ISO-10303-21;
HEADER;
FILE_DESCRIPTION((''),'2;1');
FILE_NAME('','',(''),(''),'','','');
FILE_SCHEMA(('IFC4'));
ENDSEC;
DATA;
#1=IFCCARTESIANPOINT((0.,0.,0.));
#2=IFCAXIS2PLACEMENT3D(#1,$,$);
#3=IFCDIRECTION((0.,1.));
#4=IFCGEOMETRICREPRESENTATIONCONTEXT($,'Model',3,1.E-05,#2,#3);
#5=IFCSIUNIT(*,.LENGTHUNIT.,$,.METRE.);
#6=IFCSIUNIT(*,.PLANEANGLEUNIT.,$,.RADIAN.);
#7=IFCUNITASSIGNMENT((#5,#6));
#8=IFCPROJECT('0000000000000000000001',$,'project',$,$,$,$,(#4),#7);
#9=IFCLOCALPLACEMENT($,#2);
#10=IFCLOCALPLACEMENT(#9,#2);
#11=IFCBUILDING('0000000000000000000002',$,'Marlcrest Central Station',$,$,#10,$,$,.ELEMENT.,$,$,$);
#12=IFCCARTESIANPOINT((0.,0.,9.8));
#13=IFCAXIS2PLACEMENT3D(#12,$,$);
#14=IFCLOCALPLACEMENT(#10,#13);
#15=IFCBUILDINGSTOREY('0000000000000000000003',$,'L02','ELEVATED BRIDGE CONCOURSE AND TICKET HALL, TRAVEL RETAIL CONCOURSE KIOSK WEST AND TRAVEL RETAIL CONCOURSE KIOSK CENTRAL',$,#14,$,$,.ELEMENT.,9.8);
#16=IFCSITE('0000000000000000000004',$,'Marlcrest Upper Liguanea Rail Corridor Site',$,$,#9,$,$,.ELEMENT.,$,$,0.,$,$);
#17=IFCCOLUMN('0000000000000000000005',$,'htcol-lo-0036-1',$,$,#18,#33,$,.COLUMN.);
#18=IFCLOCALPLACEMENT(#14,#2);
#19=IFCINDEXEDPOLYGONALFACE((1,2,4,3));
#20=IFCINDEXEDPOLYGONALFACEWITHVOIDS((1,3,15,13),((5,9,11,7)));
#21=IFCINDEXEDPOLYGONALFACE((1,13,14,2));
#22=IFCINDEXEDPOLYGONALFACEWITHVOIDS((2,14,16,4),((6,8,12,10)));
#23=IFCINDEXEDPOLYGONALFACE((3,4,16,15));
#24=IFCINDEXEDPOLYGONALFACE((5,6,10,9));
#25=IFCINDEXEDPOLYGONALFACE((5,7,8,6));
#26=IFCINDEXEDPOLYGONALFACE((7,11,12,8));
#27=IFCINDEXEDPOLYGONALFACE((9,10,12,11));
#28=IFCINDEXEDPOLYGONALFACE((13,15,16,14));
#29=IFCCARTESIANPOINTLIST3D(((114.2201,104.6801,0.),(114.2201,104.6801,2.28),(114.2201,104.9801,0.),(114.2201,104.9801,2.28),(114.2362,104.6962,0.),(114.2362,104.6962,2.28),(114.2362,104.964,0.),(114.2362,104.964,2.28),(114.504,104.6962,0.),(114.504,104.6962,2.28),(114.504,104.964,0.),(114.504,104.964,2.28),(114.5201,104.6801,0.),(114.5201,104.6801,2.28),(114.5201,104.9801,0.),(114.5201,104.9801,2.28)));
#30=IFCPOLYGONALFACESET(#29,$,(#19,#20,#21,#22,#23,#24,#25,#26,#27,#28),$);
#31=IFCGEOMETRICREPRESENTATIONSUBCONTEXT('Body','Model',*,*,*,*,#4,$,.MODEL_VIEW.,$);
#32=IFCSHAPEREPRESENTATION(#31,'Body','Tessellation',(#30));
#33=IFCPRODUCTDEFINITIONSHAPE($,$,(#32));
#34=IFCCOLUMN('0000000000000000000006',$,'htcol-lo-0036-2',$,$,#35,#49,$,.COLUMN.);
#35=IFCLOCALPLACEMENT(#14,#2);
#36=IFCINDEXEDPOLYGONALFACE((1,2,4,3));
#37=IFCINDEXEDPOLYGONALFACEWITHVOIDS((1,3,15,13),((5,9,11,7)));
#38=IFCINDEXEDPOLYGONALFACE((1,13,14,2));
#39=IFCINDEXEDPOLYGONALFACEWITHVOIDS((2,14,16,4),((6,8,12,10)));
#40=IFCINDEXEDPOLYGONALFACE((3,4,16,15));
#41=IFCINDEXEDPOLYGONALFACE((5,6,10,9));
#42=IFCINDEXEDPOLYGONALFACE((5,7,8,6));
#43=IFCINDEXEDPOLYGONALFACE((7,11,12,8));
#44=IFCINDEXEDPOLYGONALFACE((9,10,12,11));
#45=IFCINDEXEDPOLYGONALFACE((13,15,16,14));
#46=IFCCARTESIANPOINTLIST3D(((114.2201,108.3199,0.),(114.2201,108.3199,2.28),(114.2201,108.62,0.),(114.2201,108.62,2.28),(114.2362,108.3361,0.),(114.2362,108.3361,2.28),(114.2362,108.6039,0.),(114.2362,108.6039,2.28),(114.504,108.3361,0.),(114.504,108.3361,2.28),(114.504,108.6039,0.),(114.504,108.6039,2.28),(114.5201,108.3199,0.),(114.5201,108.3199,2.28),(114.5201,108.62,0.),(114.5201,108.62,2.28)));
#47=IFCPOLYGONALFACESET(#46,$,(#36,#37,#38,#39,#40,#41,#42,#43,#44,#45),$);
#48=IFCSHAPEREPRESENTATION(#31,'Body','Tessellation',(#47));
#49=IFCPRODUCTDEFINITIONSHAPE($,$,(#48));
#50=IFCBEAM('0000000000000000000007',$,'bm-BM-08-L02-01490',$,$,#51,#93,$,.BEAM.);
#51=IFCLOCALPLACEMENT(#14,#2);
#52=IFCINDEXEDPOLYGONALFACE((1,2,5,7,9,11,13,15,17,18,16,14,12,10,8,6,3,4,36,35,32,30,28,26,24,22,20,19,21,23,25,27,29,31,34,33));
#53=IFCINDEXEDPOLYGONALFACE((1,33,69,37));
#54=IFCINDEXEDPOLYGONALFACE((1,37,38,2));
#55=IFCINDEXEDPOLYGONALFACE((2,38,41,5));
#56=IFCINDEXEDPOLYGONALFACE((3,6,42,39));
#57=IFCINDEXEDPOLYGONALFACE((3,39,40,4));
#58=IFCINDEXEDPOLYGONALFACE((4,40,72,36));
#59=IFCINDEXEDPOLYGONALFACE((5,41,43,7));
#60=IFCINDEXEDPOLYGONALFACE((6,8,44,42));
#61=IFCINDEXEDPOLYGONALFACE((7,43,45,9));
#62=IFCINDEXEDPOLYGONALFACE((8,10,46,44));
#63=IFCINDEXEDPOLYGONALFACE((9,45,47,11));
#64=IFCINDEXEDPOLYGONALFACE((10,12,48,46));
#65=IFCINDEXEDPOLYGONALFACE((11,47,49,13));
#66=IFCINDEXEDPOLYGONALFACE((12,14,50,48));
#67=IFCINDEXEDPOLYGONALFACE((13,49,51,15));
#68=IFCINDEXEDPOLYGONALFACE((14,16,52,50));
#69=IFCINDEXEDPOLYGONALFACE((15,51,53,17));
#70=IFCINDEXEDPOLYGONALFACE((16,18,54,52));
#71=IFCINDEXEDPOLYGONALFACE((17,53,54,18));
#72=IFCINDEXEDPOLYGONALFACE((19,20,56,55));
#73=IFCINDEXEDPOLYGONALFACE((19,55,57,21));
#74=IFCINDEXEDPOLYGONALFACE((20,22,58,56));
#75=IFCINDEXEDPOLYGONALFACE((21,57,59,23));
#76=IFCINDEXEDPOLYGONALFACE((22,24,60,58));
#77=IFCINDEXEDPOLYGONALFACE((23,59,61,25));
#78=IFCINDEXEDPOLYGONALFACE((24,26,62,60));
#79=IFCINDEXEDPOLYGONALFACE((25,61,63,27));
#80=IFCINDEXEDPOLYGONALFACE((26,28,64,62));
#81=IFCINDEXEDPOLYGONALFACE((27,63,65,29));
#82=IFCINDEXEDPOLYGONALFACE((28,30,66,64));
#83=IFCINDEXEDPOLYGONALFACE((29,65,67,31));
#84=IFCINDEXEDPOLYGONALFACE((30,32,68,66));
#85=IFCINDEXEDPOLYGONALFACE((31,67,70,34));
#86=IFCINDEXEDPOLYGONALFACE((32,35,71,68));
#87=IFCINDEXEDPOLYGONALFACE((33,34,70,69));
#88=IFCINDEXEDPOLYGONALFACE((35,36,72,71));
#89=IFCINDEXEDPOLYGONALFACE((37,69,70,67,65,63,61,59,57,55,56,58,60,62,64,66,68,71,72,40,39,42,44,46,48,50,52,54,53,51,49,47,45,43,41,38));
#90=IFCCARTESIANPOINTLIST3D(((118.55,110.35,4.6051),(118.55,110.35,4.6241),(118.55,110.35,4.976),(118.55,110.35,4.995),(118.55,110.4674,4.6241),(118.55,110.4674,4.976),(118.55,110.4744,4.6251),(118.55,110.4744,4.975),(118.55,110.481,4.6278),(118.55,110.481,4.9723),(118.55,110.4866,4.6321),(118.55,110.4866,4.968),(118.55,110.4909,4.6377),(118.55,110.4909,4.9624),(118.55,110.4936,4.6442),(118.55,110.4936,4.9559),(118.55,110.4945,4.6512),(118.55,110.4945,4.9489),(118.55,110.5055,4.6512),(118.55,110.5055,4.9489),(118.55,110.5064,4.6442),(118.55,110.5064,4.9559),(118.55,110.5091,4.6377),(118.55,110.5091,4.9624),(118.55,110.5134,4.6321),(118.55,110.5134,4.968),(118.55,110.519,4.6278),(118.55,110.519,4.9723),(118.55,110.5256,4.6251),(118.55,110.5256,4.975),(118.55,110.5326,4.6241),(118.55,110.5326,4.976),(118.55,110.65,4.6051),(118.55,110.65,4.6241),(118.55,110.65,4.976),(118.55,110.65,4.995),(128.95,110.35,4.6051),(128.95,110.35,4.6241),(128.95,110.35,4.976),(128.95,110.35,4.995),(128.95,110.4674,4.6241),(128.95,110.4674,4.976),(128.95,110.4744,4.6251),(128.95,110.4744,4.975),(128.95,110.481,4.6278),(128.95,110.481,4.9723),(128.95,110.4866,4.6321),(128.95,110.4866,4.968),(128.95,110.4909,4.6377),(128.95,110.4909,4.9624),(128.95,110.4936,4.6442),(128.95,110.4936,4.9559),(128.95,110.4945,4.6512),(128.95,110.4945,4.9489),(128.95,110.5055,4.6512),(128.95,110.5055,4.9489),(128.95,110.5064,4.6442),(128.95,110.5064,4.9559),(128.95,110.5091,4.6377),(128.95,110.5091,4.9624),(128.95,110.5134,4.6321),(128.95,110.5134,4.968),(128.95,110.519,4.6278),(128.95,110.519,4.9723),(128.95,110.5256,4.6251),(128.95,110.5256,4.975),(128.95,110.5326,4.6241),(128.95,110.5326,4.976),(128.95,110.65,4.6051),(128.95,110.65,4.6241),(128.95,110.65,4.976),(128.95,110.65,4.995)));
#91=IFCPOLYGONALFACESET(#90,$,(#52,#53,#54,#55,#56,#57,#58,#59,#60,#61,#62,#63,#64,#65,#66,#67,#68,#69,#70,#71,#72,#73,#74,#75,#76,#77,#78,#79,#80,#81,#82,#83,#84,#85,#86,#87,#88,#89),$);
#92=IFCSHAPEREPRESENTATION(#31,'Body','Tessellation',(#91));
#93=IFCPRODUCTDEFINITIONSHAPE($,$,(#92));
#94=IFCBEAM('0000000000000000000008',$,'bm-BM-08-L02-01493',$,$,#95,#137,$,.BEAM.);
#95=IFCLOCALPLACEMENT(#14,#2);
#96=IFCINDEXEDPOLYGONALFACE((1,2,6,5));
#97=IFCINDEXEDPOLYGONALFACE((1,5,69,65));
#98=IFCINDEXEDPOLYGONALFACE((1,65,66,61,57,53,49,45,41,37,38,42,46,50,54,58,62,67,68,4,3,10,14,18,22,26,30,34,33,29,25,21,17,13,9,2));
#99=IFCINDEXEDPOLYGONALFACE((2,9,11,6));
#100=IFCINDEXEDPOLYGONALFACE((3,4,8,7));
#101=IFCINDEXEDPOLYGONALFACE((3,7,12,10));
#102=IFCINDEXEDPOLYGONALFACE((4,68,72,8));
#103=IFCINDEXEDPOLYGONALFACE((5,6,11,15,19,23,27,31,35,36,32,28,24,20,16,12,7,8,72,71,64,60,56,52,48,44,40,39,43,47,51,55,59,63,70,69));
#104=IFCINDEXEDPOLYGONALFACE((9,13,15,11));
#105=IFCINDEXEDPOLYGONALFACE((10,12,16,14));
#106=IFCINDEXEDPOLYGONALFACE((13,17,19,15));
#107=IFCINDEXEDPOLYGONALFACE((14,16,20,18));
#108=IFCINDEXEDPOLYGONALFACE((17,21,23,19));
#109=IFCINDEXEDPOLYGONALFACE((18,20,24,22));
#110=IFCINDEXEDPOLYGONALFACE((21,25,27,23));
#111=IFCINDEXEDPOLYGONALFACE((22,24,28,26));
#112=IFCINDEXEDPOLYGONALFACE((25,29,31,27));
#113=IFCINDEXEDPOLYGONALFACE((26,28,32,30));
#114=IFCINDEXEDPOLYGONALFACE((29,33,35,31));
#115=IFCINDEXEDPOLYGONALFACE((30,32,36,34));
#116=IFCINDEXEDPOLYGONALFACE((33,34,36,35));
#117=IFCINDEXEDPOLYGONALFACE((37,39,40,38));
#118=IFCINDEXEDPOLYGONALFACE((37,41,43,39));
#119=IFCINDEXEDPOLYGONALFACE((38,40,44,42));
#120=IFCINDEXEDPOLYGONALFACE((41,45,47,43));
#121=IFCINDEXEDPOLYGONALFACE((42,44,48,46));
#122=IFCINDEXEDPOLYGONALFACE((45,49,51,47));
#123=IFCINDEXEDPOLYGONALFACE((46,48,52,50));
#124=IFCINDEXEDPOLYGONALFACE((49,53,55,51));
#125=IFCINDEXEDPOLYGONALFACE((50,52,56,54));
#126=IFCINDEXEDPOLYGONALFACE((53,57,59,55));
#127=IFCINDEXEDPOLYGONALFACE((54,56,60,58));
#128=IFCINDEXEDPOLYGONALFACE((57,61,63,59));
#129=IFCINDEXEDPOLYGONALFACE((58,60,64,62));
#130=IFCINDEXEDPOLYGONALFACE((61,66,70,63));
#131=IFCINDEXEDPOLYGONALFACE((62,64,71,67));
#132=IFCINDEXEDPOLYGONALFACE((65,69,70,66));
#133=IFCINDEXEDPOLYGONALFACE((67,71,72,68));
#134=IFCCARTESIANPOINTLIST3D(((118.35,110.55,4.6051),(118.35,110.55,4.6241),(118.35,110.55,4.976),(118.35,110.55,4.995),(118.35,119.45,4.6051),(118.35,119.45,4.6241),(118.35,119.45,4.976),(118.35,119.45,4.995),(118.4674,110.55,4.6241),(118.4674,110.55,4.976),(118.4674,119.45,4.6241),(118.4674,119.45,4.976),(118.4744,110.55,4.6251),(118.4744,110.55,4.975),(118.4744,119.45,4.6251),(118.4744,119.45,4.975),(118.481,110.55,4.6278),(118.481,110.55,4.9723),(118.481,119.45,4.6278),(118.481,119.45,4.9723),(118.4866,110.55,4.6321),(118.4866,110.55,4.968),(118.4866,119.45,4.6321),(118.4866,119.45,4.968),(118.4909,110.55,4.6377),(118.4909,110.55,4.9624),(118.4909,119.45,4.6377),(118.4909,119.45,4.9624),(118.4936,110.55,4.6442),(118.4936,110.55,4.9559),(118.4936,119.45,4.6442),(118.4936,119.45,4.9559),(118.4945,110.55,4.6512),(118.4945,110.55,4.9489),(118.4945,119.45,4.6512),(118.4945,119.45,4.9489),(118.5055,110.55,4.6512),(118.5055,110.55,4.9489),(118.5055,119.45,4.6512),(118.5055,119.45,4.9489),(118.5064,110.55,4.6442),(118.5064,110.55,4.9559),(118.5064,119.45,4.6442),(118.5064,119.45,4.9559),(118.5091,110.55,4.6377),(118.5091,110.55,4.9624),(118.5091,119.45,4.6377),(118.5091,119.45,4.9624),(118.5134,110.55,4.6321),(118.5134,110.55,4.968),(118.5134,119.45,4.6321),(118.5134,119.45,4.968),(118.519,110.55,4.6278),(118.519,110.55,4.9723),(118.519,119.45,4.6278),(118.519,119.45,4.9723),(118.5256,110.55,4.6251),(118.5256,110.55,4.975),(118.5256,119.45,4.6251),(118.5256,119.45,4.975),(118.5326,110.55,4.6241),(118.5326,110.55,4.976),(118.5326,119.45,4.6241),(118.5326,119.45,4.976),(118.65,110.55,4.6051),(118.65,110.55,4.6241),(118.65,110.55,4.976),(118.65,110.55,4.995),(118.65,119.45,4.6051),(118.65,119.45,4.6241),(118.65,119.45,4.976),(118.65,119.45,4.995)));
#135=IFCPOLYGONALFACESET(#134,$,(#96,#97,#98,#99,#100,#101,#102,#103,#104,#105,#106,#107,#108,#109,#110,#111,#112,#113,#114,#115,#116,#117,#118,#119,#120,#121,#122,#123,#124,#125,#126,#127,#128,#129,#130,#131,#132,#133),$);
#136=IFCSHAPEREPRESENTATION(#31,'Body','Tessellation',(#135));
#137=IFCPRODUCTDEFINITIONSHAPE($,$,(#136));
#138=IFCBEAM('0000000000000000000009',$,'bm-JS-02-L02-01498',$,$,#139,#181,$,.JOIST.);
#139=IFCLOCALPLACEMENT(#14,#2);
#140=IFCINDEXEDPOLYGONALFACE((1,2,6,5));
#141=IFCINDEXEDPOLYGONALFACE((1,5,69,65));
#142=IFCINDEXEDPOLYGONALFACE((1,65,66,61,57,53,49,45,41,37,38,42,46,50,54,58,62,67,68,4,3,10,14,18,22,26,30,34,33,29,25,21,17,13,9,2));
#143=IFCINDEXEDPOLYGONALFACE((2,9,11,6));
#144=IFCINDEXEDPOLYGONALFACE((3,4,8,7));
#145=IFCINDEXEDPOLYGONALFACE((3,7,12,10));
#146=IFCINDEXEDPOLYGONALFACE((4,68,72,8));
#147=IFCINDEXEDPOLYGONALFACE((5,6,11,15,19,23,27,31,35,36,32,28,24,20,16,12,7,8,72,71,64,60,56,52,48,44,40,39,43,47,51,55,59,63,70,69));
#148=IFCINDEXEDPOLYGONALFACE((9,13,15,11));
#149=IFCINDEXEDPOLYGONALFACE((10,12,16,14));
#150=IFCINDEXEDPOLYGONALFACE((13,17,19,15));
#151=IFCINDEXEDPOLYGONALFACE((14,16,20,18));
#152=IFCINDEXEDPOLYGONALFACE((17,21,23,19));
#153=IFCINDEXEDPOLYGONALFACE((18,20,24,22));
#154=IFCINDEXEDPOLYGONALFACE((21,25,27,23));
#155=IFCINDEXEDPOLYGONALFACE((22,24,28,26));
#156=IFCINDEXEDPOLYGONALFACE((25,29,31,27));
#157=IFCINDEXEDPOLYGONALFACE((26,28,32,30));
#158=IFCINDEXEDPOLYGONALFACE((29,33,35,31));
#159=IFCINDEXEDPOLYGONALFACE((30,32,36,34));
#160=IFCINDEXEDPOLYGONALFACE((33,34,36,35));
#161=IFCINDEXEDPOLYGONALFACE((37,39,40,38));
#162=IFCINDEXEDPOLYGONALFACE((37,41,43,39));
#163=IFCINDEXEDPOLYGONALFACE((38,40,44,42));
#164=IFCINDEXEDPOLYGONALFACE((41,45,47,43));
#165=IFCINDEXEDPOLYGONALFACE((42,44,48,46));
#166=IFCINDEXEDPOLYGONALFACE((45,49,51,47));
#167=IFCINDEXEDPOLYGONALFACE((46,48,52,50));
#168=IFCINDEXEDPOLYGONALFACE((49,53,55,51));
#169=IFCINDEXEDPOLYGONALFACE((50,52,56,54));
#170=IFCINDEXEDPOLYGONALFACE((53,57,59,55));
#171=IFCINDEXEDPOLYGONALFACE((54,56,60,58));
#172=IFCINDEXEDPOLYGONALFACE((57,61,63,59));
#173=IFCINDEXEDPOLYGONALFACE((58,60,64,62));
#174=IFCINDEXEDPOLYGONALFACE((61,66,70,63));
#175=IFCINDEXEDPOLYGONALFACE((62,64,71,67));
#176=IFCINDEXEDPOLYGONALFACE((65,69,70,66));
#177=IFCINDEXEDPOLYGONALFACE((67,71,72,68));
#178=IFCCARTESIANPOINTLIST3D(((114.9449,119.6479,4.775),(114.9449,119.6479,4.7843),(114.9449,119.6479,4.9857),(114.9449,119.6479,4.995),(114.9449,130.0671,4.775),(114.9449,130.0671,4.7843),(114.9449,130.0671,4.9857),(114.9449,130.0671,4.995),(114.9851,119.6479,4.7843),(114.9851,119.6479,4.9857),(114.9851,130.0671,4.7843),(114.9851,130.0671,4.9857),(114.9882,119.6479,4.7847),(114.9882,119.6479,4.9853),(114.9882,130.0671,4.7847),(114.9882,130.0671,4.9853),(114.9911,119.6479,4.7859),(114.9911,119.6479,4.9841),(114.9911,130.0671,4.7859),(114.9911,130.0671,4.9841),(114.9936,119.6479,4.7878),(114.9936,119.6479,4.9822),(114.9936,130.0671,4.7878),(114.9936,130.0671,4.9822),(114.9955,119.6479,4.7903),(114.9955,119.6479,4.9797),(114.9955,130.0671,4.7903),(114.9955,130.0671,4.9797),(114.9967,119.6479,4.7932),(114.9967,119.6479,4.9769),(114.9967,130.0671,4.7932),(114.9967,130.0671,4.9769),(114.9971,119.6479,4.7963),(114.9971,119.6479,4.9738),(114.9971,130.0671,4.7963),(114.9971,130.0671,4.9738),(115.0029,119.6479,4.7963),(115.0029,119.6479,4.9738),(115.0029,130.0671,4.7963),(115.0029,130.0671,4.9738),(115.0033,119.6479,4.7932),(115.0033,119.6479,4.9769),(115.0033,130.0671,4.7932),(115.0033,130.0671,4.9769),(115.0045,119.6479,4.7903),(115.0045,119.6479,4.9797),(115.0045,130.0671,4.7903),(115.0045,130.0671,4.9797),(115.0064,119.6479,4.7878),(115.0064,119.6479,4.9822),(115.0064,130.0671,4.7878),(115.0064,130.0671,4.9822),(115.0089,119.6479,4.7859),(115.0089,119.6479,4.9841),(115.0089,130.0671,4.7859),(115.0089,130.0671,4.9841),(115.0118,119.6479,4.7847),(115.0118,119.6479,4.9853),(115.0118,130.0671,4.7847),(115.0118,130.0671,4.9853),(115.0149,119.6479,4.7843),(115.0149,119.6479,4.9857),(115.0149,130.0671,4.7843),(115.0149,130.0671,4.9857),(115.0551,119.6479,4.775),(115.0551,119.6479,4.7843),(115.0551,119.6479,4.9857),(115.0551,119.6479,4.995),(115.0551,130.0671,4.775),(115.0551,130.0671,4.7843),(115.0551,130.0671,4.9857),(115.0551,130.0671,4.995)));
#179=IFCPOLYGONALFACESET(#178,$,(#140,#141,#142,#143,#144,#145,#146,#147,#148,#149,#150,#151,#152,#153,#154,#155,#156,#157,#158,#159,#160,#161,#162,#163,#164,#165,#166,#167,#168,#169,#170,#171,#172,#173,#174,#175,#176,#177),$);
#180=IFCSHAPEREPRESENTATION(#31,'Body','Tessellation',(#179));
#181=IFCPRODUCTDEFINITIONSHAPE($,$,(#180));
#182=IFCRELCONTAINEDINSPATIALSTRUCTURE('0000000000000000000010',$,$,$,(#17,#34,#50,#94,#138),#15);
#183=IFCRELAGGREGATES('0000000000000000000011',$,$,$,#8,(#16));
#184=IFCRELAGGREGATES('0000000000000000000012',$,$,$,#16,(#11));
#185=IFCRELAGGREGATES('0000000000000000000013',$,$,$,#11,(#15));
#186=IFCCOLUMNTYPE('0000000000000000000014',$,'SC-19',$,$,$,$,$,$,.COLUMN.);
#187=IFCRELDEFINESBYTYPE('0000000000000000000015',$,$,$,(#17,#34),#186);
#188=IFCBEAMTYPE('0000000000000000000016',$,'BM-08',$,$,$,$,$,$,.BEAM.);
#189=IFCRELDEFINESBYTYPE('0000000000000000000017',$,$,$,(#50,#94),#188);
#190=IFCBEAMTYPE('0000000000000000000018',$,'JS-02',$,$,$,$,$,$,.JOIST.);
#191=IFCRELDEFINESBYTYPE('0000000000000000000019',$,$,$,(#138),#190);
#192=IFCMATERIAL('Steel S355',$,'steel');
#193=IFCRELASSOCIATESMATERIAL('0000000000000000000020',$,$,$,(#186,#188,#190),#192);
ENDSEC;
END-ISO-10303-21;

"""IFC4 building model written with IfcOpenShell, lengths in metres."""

from ifc_helpers import new_model, si_unit, direction, frame, origin, origin_2d, place, context, subcontext, project, spatial, hollow_rectangle, i_section, extrude, material, material_profile, profile_set, type_object, element, save


model = new_model("IFC4")

# Units and contexts
model_context = context("Model", 3, precision=1e-05, world=origin(), true_north=direction((0.0, 1.0)))
body_context = subcontext(model_context, "Body", "Model", "MODEL_VIEW")
ifc_project = project(units=[si_unit("LENGTHUNIT", "METRE"), si_unit("PLANEANGLEUNIT", "RADIAN")], contexts=[model_context])

# Site, building, storey
site_placement = place(None, origin())
site = spatial("IfcSite", under=ifc_project, at=site_placement, Name="Marlcrest Upper Liguanea Rail Corridor Site", CompositionType="ELEMENT", RefElevation=0.0)
building_placement = place(site_placement, origin())
building = spatial("IfcBuilding", under=site, at=building_placement, Name="Marlcrest Central Station", CompositionType="ELEMENT")
storey_placement = place(building_placement, frame((0.0, 0.0, 9.8)))
storey = spatial("IfcBuildingStorey", under=building, at=storey_placement, Name="L02", Description="ELEVATED BRIDGE CONCOURSE AND TICKET HALL, TRAVEL RETAIL CONCOURSE KIOSK WEST AND TRAVEL RETAIL CONCOURSE KIOSK CENTRAL", CompositionType="ELEMENT", Elevation=9.8)

# Columns
ifc_material_1 = material(Name="Steel S355", Category="steel")
ifc_material_profile_1 = material_profile(ifc_material_1, hollow_rectangle(XDim=0.3, YDim=0.3, WallThickness=0.0161, at=origin_2d()), Name="SHS 300x300x16")
ifc_profile_set_1 = profile_set([ifc_material_profile_1], Name="Steel S355")
column_type_1 = type_object("IfcColumnType", Name="SC-19", PredefinedType="COLUMN", material=ifc_profile_set_1)
for number, where, z_axis, x_axis, name in (
    (1, (114.3701, 104.8301, 0.0), (0.0, 0.0, 1.0), (1.0, 0.0, 0.0), "htcol-lo-0036-1"),
    (2, (114.3701, 108.47, 0.0), (0.0, 0.0, 1.0), (1.0, 0.0, 0.0), "htcol-lo-0036-2"),
):
    element("IfcColumn", number, at=place(storey_placement, frame(where, z_axis=z_axis, x_axis=x_axis)), inside=storey, type_object=column_type_1, Name=name, PredefinedType="COLUMN", context=body_context, shape_type="SweptSolid", body=[
        extrude(hollow_rectangle(XDim=0.3, YDim=0.3, WallThickness=0.0161, at=origin_2d()), origin(), (0.0, 0.0, 1.0), 2.28),
    ])

# Beams
ifc_material_profile_2 = material_profile(ifc_material_1, i_section(OverallWidth=0.3, OverallDepth=0.3899, WebThickness=0.011, FlangeThickness=0.019, FilletRadius=0.0271, at=origin_2d()), Name="HEA 400")
ifc_profile_set_2 = profile_set([ifc_material_profile_2], Name="Steel S355")
beam_type_1 = type_object("IfcBeamType", Name="BM-08", PredefinedType="BEAM", material=ifc_profile_set_2)
beam_1_placement = place(storey_placement, frame((118.55, 110.5, 4.8), z_axis=(1.0, 0.0, 0.0), x_axis=(0.0, 1.0, 0.0)))
element("IfcBeam", 3, at=beam_1_placement, inside=storey, type_object=beam_type_1, Name="bm-BM-08-L02-01490", PredefinedType="BEAM", context=body_context, shape_type="SweptSolid", body=[
    extrude(i_section(OverallWidth=0.3, OverallDepth=0.3899, WebThickness=0.011, FlangeThickness=0.019, FilletRadius=0.0271, at=origin_2d()), origin(), (0.0, 0.0, 1.0), 10.3999),
])
beam_2_placement = place(storey_placement, frame((118.5, 110.55, 4.8), z_axis=(0.0, 1.0, 0.0), x_axis=(-1.0, 0.0, 0.0)))
element("IfcBeam", 4, at=beam_2_placement, inside=storey, type_object=beam_type_1, Name="bm-BM-08-L02-01493", PredefinedType="BEAM", context=body_context, shape_type="SweptSolid", body=[
    extrude(i_section(OverallWidth=0.3, OverallDepth=0.3899, WebThickness=0.011, FlangeThickness=0.019, FilletRadius=0.0271, at=origin_2d()), origin(), (0.0, 0.0, 1.0), 8.8999),
])
ifc_material_profile_3 = material_profile(ifc_material_1, i_section(OverallWidth=0.1101, OverallDepth=0.22, WebThickness=0.0059, FlangeThickness=0.0093, FilletRadius=0.012, at=origin_2d()), Name="IPE 220")
ifc_profile_set_3 = profile_set([ifc_material_profile_3], Name="Steel S355")
beam_type_2 = type_object("IfcBeamType", Name="JS-02", PredefinedType="JOIST", material=ifc_profile_set_3)
beam_3_placement = place(storey_placement, frame((115.0, 119.6479, 4.885), z_axis=(0.0, 1.0, 0.0), x_axis=(-1.0, 0.0, 0.0)))
element("IfcBeam", 5, at=beam_3_placement, inside=storey, type_object=beam_type_2, Name="bm-JS-02-L02-01498", PredefinedType="JOIST", context=body_context, shape_type="SweptSolid", body=[
    extrude(i_section(OverallWidth=0.1101, OverallDepth=0.22, WebThickness=0.0059, FlangeThickness=0.0093, FilletRadius=0.012, at=origin_2d()), origin(), (0.0, 0.0, 1.0), 10.4192),
])

save(model, "model.ifc")
